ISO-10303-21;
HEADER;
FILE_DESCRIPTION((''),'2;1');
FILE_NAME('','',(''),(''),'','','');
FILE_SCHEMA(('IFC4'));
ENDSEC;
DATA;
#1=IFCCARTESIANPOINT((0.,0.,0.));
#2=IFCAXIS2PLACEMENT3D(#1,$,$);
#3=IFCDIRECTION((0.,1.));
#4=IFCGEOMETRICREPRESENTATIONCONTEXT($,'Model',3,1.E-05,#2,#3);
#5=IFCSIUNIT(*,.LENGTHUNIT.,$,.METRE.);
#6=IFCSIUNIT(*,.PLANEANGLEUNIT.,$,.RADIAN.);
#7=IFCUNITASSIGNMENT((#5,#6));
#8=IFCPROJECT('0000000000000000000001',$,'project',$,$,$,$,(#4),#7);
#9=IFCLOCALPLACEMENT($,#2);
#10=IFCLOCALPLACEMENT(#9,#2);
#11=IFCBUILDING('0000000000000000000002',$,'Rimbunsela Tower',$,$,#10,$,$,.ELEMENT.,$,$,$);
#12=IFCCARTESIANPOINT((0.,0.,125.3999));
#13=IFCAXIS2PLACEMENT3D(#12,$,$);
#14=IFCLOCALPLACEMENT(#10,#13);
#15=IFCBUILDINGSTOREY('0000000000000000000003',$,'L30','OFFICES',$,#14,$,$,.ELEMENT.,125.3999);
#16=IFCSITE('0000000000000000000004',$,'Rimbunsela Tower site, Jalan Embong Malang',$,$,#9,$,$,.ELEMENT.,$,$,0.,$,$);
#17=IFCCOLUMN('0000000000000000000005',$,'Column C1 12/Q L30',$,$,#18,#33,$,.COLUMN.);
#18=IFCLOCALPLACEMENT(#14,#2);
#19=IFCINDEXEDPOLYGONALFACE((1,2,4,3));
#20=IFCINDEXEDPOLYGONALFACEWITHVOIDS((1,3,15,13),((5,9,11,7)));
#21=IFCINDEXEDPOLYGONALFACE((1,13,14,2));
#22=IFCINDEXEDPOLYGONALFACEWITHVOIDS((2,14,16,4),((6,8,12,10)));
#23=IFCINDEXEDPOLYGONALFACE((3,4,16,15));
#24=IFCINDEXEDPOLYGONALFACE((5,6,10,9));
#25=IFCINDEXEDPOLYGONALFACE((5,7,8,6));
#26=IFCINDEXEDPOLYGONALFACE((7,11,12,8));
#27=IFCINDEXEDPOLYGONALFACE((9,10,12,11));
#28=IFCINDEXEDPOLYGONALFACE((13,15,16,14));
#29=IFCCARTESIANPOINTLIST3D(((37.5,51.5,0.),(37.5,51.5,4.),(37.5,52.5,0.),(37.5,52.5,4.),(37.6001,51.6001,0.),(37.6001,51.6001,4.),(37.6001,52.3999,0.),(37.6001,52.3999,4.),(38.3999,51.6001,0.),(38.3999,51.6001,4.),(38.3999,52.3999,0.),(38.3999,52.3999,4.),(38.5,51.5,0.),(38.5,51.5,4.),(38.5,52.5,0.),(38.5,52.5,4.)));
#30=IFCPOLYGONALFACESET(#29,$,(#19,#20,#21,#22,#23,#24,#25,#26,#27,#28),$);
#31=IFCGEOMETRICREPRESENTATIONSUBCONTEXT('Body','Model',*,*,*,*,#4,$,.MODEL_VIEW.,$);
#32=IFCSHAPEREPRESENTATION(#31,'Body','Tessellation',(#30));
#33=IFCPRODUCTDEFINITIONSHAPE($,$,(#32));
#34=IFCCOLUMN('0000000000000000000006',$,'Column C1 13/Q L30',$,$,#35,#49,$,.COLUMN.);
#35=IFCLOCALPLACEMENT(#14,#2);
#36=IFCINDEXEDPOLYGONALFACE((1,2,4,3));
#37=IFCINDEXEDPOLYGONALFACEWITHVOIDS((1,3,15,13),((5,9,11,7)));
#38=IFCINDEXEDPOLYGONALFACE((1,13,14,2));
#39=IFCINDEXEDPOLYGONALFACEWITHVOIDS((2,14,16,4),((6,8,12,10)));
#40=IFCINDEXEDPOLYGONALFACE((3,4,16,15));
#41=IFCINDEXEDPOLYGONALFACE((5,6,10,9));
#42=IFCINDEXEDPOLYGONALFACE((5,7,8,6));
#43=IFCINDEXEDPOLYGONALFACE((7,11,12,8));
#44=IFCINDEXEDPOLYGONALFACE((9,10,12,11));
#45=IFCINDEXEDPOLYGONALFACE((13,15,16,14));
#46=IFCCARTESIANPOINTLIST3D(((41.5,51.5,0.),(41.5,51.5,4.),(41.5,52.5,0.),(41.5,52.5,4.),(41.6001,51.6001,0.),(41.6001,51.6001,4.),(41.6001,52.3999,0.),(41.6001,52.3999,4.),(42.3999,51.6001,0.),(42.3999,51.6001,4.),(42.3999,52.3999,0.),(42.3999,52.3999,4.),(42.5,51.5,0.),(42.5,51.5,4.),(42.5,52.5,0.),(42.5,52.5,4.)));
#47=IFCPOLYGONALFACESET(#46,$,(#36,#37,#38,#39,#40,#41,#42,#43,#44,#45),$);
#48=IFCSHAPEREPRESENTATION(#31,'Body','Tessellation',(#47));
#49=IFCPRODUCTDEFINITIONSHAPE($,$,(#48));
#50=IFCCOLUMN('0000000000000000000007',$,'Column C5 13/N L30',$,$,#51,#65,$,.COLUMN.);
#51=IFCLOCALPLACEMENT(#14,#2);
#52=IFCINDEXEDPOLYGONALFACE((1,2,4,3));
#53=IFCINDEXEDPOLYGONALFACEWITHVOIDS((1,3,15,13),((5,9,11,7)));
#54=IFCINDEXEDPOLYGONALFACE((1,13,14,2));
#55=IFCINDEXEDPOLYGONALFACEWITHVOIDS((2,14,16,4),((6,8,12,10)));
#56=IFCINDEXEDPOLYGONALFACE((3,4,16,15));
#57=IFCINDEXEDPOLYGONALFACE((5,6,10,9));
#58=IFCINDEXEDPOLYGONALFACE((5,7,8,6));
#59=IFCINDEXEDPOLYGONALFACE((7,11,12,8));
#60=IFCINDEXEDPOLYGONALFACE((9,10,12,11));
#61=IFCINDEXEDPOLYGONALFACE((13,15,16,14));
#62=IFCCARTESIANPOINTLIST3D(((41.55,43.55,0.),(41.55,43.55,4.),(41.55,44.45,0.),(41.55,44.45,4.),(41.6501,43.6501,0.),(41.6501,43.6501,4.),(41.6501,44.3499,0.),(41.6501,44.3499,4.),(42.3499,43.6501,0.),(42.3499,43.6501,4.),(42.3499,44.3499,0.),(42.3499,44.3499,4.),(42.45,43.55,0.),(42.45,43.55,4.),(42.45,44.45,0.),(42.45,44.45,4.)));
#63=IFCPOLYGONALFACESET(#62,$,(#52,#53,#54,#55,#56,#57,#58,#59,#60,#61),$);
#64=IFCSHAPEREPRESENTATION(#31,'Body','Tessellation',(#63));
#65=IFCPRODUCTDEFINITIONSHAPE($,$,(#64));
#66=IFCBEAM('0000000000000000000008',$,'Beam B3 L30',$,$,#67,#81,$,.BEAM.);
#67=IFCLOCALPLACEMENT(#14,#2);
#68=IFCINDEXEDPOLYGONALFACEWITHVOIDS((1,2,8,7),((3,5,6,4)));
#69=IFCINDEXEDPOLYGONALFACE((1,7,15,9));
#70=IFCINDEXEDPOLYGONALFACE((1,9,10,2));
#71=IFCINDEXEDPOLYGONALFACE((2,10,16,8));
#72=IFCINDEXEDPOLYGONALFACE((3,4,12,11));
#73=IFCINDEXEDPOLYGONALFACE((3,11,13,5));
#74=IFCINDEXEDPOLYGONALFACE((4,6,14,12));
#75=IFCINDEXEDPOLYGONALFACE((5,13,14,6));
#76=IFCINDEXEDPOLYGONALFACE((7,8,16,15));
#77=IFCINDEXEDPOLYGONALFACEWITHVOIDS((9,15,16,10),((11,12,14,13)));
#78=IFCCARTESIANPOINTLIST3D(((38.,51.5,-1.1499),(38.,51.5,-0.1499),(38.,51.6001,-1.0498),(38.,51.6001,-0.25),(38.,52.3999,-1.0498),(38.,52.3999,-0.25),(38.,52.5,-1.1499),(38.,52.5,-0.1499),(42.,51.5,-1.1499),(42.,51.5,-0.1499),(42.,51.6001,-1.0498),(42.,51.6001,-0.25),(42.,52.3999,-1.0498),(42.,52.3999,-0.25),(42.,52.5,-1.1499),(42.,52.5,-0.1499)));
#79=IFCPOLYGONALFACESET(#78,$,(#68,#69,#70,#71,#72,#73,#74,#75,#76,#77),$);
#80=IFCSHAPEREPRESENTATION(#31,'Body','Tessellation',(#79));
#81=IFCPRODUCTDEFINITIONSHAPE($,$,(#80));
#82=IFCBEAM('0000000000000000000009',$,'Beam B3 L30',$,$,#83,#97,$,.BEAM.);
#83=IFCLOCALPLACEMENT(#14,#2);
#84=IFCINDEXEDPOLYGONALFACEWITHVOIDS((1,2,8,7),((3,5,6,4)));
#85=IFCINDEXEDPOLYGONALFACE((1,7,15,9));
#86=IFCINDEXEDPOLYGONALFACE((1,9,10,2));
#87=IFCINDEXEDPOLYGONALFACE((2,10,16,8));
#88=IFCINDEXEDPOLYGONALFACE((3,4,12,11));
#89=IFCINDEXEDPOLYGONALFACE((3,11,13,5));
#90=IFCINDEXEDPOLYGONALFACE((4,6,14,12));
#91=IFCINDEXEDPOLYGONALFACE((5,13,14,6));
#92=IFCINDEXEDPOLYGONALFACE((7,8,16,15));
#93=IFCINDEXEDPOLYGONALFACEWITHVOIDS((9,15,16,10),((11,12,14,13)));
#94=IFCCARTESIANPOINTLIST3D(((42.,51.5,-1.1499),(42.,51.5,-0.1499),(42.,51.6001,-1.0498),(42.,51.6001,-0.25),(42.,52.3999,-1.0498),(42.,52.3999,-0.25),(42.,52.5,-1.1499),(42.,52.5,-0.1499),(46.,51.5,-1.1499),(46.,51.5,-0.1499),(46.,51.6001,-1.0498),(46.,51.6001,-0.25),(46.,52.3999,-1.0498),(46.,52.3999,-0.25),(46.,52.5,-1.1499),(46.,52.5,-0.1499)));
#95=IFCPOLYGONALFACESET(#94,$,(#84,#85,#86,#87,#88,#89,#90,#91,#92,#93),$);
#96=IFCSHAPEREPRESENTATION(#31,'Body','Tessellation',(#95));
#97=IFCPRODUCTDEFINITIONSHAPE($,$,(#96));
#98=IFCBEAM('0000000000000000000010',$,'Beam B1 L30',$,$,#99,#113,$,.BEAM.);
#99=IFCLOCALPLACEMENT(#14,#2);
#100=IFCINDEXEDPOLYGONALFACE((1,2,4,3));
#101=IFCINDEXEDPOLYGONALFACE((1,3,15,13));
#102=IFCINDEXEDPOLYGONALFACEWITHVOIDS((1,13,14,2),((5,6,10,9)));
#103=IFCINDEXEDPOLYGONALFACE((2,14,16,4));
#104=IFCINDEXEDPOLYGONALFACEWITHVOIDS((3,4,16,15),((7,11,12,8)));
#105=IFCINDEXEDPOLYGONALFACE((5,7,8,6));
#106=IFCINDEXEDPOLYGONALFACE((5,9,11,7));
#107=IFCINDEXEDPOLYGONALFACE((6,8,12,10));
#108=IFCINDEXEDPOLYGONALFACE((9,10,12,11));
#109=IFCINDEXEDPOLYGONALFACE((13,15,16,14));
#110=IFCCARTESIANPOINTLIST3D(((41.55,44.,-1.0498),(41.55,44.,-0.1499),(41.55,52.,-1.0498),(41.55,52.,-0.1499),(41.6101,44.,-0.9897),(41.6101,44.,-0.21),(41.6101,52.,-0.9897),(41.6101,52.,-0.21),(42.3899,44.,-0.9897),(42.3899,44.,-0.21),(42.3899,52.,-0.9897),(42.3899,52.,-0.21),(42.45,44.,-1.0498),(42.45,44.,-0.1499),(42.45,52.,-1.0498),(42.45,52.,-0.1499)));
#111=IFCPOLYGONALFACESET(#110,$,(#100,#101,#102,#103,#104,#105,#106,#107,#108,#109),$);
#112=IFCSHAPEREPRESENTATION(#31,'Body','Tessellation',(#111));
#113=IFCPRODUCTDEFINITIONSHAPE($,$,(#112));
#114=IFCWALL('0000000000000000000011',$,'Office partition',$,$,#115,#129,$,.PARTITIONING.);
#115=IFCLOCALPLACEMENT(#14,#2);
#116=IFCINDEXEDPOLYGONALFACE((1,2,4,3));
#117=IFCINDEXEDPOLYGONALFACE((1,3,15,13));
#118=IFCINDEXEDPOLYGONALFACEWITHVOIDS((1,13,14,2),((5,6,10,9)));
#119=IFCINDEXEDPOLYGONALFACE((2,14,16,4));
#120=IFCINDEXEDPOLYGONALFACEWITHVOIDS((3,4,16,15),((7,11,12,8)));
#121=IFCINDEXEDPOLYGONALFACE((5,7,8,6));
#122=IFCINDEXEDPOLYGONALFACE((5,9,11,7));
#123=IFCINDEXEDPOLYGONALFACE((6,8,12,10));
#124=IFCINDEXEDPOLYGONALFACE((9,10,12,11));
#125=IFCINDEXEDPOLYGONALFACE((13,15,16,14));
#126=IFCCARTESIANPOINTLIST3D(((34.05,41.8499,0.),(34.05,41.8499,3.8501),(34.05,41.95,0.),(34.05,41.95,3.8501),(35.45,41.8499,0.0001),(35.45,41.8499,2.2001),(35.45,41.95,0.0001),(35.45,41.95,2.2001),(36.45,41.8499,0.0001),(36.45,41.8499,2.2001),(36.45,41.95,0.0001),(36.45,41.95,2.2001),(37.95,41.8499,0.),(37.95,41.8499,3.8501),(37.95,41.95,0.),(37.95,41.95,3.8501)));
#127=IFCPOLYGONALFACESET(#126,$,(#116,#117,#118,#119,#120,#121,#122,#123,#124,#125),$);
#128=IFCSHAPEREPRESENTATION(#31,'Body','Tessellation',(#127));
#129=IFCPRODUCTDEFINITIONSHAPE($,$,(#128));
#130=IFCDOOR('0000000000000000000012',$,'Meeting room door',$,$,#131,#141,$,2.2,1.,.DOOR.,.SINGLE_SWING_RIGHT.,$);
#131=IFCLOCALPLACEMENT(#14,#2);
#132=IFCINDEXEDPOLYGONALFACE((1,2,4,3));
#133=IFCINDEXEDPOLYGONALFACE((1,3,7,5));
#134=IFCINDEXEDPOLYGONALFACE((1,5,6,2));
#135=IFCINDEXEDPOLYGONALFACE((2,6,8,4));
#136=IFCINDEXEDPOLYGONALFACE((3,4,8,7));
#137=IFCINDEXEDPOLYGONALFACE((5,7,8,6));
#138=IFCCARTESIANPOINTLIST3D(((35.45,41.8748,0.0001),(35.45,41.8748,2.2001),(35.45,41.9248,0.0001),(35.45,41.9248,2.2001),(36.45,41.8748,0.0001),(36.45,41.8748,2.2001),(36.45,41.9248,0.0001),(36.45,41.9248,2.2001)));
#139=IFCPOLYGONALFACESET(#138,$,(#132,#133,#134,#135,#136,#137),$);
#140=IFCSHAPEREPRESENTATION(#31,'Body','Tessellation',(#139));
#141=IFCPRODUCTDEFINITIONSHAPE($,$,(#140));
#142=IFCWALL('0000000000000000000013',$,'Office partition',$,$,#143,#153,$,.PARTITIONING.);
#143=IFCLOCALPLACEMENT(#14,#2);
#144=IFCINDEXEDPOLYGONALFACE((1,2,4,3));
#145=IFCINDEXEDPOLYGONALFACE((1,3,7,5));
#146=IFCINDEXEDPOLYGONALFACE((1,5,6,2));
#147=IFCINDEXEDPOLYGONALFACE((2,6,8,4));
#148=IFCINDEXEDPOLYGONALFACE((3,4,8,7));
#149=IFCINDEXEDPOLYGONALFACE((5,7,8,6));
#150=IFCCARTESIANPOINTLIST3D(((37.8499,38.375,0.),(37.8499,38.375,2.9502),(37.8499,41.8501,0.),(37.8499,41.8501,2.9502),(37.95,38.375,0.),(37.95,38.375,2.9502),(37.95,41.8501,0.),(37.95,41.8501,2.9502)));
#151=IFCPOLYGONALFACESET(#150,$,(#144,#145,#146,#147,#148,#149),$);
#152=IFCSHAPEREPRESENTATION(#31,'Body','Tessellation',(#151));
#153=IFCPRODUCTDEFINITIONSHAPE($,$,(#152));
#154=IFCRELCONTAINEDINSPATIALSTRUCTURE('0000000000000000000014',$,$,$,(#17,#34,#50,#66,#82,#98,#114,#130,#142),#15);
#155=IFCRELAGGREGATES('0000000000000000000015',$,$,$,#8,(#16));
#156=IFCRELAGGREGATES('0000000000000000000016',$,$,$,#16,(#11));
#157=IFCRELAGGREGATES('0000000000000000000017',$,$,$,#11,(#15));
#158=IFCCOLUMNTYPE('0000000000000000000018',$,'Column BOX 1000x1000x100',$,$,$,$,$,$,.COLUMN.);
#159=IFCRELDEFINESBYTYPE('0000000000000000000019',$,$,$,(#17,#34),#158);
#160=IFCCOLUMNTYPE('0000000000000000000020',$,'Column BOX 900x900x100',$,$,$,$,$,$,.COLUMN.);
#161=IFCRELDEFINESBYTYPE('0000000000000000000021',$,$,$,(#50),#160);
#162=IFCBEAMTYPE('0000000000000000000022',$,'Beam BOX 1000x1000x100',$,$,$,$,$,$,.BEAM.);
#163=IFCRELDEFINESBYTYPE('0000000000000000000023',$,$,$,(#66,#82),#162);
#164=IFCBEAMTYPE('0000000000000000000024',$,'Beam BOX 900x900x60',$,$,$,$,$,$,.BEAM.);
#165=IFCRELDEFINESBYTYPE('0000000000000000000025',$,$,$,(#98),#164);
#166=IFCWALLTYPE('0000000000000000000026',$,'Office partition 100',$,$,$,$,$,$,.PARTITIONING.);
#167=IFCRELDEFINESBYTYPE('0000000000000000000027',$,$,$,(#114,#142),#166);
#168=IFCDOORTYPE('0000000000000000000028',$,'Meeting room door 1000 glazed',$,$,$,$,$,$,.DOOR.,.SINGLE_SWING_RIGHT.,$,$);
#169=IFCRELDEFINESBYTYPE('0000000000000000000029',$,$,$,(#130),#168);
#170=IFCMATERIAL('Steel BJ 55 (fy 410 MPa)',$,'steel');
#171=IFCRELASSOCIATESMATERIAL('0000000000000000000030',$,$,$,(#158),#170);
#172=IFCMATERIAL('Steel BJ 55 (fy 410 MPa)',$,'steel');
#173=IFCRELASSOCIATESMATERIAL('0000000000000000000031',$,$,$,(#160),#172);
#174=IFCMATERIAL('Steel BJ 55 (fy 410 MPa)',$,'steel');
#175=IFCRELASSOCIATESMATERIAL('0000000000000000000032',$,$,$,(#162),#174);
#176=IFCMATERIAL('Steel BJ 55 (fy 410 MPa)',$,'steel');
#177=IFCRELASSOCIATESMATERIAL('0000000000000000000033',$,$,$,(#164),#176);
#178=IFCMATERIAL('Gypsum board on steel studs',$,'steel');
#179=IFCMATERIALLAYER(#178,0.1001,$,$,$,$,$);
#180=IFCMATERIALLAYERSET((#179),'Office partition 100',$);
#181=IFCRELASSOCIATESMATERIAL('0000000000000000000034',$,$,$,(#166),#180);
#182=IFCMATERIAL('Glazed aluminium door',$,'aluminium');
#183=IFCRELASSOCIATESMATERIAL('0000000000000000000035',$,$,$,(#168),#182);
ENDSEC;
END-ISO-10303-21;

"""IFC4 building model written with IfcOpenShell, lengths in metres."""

from ifc_helpers import new_model, si_unit, direction, frame, frame_2d, origin, origin_2d, place, context, subcontext, project, spatial, rectangle, hollow_rectangle, extrude, material, layer, layer_set, material_profile, profile_set, type_object, element, fill, save


model = new_model("IFC4")

# Units and contexts
model_context = context("Model", 3, precision=1e-05, world=origin(), true_north=direction((0.0, 1.0)))
body_context = subcontext(model_context, "Body", "Model", "MODEL_VIEW")
ifc_project = project(units=[si_unit("LENGTHUNIT", "METRE"), si_unit("PLANEANGLEUNIT", "RADIAN")], contexts=[model_context])

# Site, building, storey
site_placement = place(None, origin())
site = spatial("IfcSite", under=ifc_project, at=site_placement, Name="Rimbunsela Tower site, Jalan Embong Malang", CompositionType="ELEMENT", RefElevation=0.0)
building_placement = place(site_placement, origin())
building = spatial("IfcBuilding", under=site, at=building_placement, Name="Rimbunsela Tower", CompositionType="ELEMENT")
storey_placement = place(building_placement, frame((0.0, 0.0, 125.3999)))
storey = spatial("IfcBuildingStorey", under=building, at=storey_placement, Name="L30", Description="OFFICES", CompositionType="ELEMENT", Elevation=125.3999)

# Columns
ifc_material_1 = material(Name="Steel BJ 55 (fy 410 MPa)", Category="steel")
ifc_material_profile_1 = material_profile(ifc_material_1, hollow_rectangle(XDim=1.0, YDim=1.0, WallThickness=0.1001, at=origin_2d()), Name="BOX 1000x1000x100")
ifc_profile_set_1 = profile_set([ifc_material_profile_1], Name="Steel BJ 55 (fy 410 MPa)")
column_type_1 = type_object("IfcColumnType", Name="Column BOX 1000x1000x100", PredefinedType="COLUMN", material=ifc_profile_set_1)
for number, where, z_axis, x_axis, name in (
    (1, (38.0, 52.0, 0.0), (0.0, 0.0, 1.0), (1.0, 0.0, 0.0), "Column C1 12/Q L30"),
    (2, (42.0, 52.0, 0.0), (0.0, 0.0, 1.0), (1.0, 0.0, 0.0), "Column C1 13/Q L30"),
):
    element("IfcColumn", number, at=place(storey_placement, frame(where, z_axis=z_axis, x_axis=x_axis)), inside=storey, type_object=column_type_1, Name=name, PredefinedType="COLUMN", context=body_context, shape_type="SweptSolid", body=[
        extrude(hollow_rectangle(XDim=1.0, YDim=1.0, WallThickness=0.1001, at=origin_2d()), origin(), (0.0, 0.0, 1.0), 4.0),
    ])
ifc_material_2 = material(Name="Steel BJ 55 (fy 410 MPa)", Category="steel")
ifc_material_profile_2 = material_profile(ifc_material_2, hollow_rectangle(XDim=0.8999, YDim=0.8999, WallThickness=0.1001, at=origin_2d()), Name="BOX 900x900x100")
ifc_profile_set_2 = profile_set([ifc_material_profile_2], Name="Steel BJ 55 (fy 410 MPa)")
column_type_2 = type_object("IfcColumnType", Name="Column BOX 900x900x100", PredefinedType="COLUMN", material=ifc_profile_set_2)
column_placement = place(storey_placement, frame((42.0, 44.0, 0.0), z_axis=(0.0, 0.0, 1.0), x_axis=(1.0, 0.0, 0.0)))
element("IfcColumn", 3, at=column_placement, inside=storey, type_object=column_type_2, Name="Column C5 13/N L30", PredefinedType="COLUMN", context=body_context, shape_type="SweptSolid", body=[
    extrude(hollow_rectangle(XDim=0.8999, YDim=0.8999, WallThickness=0.1001, at=origin_2d()), origin(), (0.0, 0.0, 1.0), 4.0),
])

# Beams
ifc_material_3 = material(Name="Steel BJ 55 (fy 410 MPa)", Category="steel")
ifc_material_profile_3 = material_profile(ifc_material_3, hollow_rectangle(XDim=1.0, YDim=1.0, WallThickness=0.1001, at=origin_2d()), Name="BOX 1000x1000x100")
ifc_profile_set_3 = profile_set([ifc_material_profile_3], Name="Steel BJ 55 (fy 410 MPa)")
beam_type_1 = type_object("IfcBeamType", Name="Beam BOX 1000x1000x100", PredefinedType="BEAM", material=ifc_profile_set_3)
for number, where, z_axis, x_axis, name in (
    (4, (38.0, 52.0, -0.6499), (1.0, 0.0, 0.0), (0.0, 1.0, 0.0), "Beam B3 L30"),
    (5, (42.0, 52.0, -0.6499), (1.0, 0.0, 0.0), (0.0, 1.0, 0.0), "Beam B3 L30"),
):
    element("IfcBeam", number, at=place(storey_placement, frame(where, z_axis=z_axis, x_axis=x_axis)), inside=storey, type_object=beam_type_1, Name=name, PredefinedType="BEAM", context=body_context, shape_type="SweptSolid", body=[
        extrude(hollow_rectangle(XDim=1.0, YDim=1.0, WallThickness=0.1001, at=origin_2d()), origin(), (0.0, 0.0, 1.0), 4.0),
    ])
ifc_material_4 = material(Name="Steel BJ 55 (fy 410 MPa)", Category="steel")
ifc_material_profile_4 = material_profile(ifc_material_4, hollow_rectangle(XDim=0.8999, YDim=0.8999, WallThickness=0.0601, at=origin_2d()), Name="BOX 900x900x60")
ifc_profile_set_4 = profile_set([ifc_material_profile_4], Name="Steel BJ 55 (fy 410 MPa)")
beam_type_2 = type_object("IfcBeamType", Name="Beam BOX 900x900x60", PredefinedType="BEAM", material=ifc_profile_set_4)
beam_placement = place(storey_placement, frame((42.0, 44.0, -0.5999), z_axis=(0.0, 1.0, 0.0), x_axis=(-1.0, 0.0, 0.0)))
element("IfcBeam", 6, at=beam_placement, inside=storey, type_object=beam_type_2, Name="Beam B1 L30", PredefinedType="BEAM", context=body_context, shape_type="SweptSolid", body=[
    extrude(hollow_rectangle(XDim=0.8999, YDim=0.8999, WallThickness=0.0601, at=origin_2d()), origin(), (0.0, 0.0, 1.0), 8.0),
])

# Wall, opening, door
ifc_material_5 = material(Name="Gypsum board on steel studs", Category="steel")
ifc_layer_1 = layer(ifc_material_5, 0.1001)
ifc_layer_set_1 = layer_set([ifc_layer_1], Name="Office partition 100")
wall_type_1 = type_object("IfcWallType", Name="Office partition 100", PredefinedType="PARTITIONING", material=ifc_layer_set_1)
wall_1_placement = place(storey_placement, frame((34.05, 41.8999, 0.0), z_axis=(0.0, 0.0, 1.0), x_axis=(1.0, 0.0, 0.0)))
wall_1 = element("IfcWall", 7, at=wall_1_placement, inside=storey, type_object=wall_type_1, Name="Office partition", PredefinedType="PARTITIONING", context=body_context, shape_type="SweptSolid", body=[
    extrude(rectangle(XDim=3.8999, YDim=0.1001, at=frame_2d((1.95, 0.0))), origin(), (0.0, 0.0, 1.0), 3.8501),
])
opening_1_placement = place(wall_1_placement, frame((1.3999, 0.0, 0.0)))
opening_1 = element("IfcOpeningElement", 8, at=opening_1_placement, cuts=wall_1, PredefinedType="OPENING", context=body_context, shape_type="SweptSolid", body=[
    extrude(rectangle(XDim=1.0, YDim=2.2, at=frame_2d((0.5, 1.1001))), frame((0.0, 0.0601, 0.0), z_axis=(0.0, -1.0, 0.0), x_axis=(1.0, 0.0, 0.0)), (0.0, 0.0, 1.0), 0.1201),
])
ifc_material_6 = material(Name="Glazed aluminium door", Category="aluminium")
door_type = type_object("IfcDoorType", Name="Meeting room door 1000 glazed", OperationType="SINGLE_SWING_RIGHT", PredefinedType="DOOR", material=ifc_material_6)
door_placement = place(opening_1_placement, origin())
door = element("IfcDoor", 9, at=door_placement, inside=storey, type_object=door_type, Name="Meeting room door", OperationType="SINGLE_SWING_RIGHT", OverallHeight=2.2, OverallWidth=1.0, PredefinedType="DOOR", context=body_context, shape_type="SweptSolid", body=[
    extrude(rectangle(XDim=1.0, YDim=2.2, at=frame_2d((0.5, 1.1001))), frame((0.0, 0.0249, 0.0), z_axis=(0.0, -1.0, 0.0), x_axis=(1.0, 0.0, 0.0)), (0.0, 0.0, 1.0), 0.05),
])
fill(opening_1, door)

# Wall
wall_2_placement = place(storey_placement, frame((37.8999, 38.375, 0.0), z_axis=(0.0, 0.0, 1.0), x_axis=(0.0, 1.0, 0.0)))
element("IfcWall", 10, at=wall_2_placement, inside=storey, type_object=wall_type_1, Name="Office partition", PredefinedType="PARTITIONING", context=body_context, shape_type="SweptSolid", body=[
    extrude(rectangle(XDim=3.4751, YDim=0.1001, at=frame_2d((1.7375, 0.0))), origin(), (0.0, 0.0, 1.0), 2.9502),
])

save(model, "model.ifc")
